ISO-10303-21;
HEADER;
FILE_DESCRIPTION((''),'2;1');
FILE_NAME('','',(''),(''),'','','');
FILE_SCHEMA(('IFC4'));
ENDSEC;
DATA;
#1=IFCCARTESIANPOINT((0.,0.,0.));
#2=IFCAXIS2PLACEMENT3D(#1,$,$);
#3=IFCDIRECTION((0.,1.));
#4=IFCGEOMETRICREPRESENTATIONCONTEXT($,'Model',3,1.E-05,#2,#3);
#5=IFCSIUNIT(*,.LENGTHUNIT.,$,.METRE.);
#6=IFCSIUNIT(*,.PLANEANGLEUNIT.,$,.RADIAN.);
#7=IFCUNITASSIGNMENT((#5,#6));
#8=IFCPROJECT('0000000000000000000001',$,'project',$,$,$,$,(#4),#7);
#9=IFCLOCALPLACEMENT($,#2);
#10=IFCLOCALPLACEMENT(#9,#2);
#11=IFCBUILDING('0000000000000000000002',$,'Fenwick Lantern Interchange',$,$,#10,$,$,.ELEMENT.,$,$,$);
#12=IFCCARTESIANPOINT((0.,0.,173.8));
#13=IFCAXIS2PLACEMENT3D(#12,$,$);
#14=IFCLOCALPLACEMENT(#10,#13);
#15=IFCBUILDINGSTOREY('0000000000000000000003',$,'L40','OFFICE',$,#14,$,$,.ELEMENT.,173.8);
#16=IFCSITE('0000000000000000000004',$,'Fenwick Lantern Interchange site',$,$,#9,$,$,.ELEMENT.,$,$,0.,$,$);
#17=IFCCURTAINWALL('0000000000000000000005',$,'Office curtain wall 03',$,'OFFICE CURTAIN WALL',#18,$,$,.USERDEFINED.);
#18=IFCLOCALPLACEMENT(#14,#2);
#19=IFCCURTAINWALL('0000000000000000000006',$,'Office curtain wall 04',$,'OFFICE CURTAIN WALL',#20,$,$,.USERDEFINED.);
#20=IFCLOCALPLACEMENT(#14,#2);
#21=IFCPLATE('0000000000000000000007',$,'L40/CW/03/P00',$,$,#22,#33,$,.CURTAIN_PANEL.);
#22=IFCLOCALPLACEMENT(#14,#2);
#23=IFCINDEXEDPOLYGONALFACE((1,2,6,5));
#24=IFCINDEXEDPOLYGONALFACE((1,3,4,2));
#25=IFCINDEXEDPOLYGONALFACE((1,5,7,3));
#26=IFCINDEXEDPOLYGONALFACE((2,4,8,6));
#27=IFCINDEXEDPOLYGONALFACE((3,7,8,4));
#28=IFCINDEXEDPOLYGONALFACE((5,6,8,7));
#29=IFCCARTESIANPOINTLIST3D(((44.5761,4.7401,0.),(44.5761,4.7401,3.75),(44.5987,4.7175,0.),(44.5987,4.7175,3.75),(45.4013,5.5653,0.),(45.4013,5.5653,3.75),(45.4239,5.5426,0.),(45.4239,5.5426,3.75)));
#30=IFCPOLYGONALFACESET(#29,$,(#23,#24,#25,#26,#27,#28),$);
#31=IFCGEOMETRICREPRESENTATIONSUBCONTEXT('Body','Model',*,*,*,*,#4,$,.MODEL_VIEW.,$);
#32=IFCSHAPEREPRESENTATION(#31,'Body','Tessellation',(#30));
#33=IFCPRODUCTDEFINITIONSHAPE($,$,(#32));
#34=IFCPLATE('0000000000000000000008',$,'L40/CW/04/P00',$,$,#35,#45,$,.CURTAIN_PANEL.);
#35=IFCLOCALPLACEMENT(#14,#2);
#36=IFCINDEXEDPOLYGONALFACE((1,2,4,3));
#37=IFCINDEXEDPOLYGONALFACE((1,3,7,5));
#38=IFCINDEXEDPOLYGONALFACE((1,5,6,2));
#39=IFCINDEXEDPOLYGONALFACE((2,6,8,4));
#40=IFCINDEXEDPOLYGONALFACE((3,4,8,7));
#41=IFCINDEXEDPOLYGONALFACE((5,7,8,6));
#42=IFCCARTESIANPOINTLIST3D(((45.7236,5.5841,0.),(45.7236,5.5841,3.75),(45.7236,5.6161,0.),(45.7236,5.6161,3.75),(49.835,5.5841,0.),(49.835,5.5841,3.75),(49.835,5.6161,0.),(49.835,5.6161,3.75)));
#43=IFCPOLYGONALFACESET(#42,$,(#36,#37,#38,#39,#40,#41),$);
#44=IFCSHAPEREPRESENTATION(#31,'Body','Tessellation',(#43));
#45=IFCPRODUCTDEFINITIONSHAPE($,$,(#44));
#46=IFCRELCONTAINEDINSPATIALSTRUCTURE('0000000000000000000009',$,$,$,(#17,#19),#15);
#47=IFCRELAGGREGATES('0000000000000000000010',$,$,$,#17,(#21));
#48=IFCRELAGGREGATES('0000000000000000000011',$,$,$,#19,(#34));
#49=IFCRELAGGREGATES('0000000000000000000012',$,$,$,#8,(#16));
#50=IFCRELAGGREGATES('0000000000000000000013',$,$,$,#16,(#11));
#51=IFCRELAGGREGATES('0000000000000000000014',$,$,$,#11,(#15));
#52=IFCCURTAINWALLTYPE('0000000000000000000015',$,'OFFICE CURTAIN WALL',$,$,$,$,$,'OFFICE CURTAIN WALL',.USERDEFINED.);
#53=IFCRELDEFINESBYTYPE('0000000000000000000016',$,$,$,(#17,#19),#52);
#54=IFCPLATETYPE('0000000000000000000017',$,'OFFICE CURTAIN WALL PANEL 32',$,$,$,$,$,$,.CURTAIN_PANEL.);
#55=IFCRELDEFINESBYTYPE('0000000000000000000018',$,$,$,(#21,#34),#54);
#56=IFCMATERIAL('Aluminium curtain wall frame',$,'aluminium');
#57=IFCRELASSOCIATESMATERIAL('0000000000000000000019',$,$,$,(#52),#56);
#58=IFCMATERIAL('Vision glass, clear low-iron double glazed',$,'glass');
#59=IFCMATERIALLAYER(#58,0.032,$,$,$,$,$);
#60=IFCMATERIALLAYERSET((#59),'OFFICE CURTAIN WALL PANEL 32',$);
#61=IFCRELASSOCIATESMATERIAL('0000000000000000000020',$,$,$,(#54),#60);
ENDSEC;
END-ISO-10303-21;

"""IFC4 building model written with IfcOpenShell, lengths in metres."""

from ifc_helpers import new_model, si_unit, direction, frame, origin, origin_2d, place, context, subcontext, project, spatial, rectangle, extrude, material, layer, layer_set, type_object, element, aggregate, save


model = new_model("IFC4")

# Units and contexts
model_context = context("Model", 3, precision=1e-05, world=origin(), true_north=direction((0.0, 1.0)))
body_context = subcontext(model_context, "Body", "Model", "MODEL_VIEW")
ifc_project = project(units=[si_unit("LENGTHUNIT", "METRE"), si_unit("PLANEANGLEUNIT", "RADIAN")], contexts=[model_context])

# Site, building, storey
site_placement = place(None, origin())
site = spatial("IfcSite", under=ifc_project, at=site_placement, Name="Fenwick Lantern Interchange site", CompositionType="ELEMENT", RefElevation=0.0)
building_placement = place(site_placement, origin())
building = spatial("IfcBuilding", under=site, at=building_placement, Name="Fenwick Lantern Interchange", CompositionType="ELEMENT")
storey_placement = place(building_placement, frame((0.0, 0.0, 173.8)))
storey = spatial("IfcBuildingStorey", under=building, at=storey_placement, Name="L40", Description="OFFICE", CompositionType="ELEMENT", Elevation=173.8)

# Shared definitions
ifc_material_1 = material(Name="Aluminium curtain wall frame", Category="aluminium")
curtain_wall_type = type_object("IfcCurtainWallType", Name="OFFICE CURTAIN WALL", ElementType="OFFICE CURTAIN WALL", PredefinedType="USERDEFINED", material=ifc_material_1)

# Curtain walls
curtain_wall_1_placement = place(storey_placement, origin())
curtain_wall_1 = element("IfcCurtainWall", 1, at=curtain_wall_1_placement, inside=storey, type_object=curtain_wall_type, Name="Office curtain wall 03", ObjectType="OFFICE CURTAIN WALL", PredefinedType="USERDEFINED")
curtain_wall_2_placement = place(storey_placement, origin())
curtain_wall_2 = element("IfcCurtainWall", 2, at=curtain_wall_2_placement, inside=storey, type_object=curtain_wall_type, Name="Office curtain wall 04", ObjectType="OFFICE CURTAIN WALL", PredefinedType="USERDEFINED")

# Plates
ifc_material_2 = material(Name="Vision glass, clear low-iron double glazed", Category="glass")
ifc_layer_1 = layer(ifc_material_2, 0.032)
ifc_layer_set_1 = layer_set([ifc_layer_1], Name="OFFICE CURTAIN WALL PANEL 32")
plate_type = type_object("IfcPlateType", Name="OFFICE CURTAIN WALL PANEL 32", PredefinedType="CURTAIN_PANEL", material=ifc_layer_set_1)
plate_1_placement = place(storey_placement, frame((45.0, 5.1414, 0.0), z_axis=(0.0, 0.0, 1.0), x_axis=(0.707107, 0.707107, 0.0)))
plate_1 = element("IfcPlate", 3, at=plate_1_placement, type_object=plate_type, Name="L40/CW/03/P00", PredefinedType="CURTAIN_PANEL", context=body_context, shape_type="SweptSolid", body=[
    extrude(rectangle(XDim=1.167, YDim=0.032, at=origin_2d()), origin(), (0.0, 0.0, 1.0), 3.75),
])
aggregate(curtain_wall_1, [plate_1])
plate_2_placement = place(storey_placement, frame((47.7793, 5.6001, 0.0), z_axis=(0.0, 0.0, 1.0), x_axis=(1.0, 0.0, 0.0)))
plate_2 = element("IfcPlate", 4, at=plate_2_placement, type_object=plate_type, Name="L40/CW/04/P00", PredefinedType="CURTAIN_PANEL", context=body_context, shape_type="SweptSolid", body=[
    extrude(rectangle(XDim=4.1113, YDim=0.032, at=origin_2d()), origin(), (0.0, 0.0, 1.0), 3.75),
])
aggregate(curtain_wall_2, [plate_2])

save(model, "model.ifc")
